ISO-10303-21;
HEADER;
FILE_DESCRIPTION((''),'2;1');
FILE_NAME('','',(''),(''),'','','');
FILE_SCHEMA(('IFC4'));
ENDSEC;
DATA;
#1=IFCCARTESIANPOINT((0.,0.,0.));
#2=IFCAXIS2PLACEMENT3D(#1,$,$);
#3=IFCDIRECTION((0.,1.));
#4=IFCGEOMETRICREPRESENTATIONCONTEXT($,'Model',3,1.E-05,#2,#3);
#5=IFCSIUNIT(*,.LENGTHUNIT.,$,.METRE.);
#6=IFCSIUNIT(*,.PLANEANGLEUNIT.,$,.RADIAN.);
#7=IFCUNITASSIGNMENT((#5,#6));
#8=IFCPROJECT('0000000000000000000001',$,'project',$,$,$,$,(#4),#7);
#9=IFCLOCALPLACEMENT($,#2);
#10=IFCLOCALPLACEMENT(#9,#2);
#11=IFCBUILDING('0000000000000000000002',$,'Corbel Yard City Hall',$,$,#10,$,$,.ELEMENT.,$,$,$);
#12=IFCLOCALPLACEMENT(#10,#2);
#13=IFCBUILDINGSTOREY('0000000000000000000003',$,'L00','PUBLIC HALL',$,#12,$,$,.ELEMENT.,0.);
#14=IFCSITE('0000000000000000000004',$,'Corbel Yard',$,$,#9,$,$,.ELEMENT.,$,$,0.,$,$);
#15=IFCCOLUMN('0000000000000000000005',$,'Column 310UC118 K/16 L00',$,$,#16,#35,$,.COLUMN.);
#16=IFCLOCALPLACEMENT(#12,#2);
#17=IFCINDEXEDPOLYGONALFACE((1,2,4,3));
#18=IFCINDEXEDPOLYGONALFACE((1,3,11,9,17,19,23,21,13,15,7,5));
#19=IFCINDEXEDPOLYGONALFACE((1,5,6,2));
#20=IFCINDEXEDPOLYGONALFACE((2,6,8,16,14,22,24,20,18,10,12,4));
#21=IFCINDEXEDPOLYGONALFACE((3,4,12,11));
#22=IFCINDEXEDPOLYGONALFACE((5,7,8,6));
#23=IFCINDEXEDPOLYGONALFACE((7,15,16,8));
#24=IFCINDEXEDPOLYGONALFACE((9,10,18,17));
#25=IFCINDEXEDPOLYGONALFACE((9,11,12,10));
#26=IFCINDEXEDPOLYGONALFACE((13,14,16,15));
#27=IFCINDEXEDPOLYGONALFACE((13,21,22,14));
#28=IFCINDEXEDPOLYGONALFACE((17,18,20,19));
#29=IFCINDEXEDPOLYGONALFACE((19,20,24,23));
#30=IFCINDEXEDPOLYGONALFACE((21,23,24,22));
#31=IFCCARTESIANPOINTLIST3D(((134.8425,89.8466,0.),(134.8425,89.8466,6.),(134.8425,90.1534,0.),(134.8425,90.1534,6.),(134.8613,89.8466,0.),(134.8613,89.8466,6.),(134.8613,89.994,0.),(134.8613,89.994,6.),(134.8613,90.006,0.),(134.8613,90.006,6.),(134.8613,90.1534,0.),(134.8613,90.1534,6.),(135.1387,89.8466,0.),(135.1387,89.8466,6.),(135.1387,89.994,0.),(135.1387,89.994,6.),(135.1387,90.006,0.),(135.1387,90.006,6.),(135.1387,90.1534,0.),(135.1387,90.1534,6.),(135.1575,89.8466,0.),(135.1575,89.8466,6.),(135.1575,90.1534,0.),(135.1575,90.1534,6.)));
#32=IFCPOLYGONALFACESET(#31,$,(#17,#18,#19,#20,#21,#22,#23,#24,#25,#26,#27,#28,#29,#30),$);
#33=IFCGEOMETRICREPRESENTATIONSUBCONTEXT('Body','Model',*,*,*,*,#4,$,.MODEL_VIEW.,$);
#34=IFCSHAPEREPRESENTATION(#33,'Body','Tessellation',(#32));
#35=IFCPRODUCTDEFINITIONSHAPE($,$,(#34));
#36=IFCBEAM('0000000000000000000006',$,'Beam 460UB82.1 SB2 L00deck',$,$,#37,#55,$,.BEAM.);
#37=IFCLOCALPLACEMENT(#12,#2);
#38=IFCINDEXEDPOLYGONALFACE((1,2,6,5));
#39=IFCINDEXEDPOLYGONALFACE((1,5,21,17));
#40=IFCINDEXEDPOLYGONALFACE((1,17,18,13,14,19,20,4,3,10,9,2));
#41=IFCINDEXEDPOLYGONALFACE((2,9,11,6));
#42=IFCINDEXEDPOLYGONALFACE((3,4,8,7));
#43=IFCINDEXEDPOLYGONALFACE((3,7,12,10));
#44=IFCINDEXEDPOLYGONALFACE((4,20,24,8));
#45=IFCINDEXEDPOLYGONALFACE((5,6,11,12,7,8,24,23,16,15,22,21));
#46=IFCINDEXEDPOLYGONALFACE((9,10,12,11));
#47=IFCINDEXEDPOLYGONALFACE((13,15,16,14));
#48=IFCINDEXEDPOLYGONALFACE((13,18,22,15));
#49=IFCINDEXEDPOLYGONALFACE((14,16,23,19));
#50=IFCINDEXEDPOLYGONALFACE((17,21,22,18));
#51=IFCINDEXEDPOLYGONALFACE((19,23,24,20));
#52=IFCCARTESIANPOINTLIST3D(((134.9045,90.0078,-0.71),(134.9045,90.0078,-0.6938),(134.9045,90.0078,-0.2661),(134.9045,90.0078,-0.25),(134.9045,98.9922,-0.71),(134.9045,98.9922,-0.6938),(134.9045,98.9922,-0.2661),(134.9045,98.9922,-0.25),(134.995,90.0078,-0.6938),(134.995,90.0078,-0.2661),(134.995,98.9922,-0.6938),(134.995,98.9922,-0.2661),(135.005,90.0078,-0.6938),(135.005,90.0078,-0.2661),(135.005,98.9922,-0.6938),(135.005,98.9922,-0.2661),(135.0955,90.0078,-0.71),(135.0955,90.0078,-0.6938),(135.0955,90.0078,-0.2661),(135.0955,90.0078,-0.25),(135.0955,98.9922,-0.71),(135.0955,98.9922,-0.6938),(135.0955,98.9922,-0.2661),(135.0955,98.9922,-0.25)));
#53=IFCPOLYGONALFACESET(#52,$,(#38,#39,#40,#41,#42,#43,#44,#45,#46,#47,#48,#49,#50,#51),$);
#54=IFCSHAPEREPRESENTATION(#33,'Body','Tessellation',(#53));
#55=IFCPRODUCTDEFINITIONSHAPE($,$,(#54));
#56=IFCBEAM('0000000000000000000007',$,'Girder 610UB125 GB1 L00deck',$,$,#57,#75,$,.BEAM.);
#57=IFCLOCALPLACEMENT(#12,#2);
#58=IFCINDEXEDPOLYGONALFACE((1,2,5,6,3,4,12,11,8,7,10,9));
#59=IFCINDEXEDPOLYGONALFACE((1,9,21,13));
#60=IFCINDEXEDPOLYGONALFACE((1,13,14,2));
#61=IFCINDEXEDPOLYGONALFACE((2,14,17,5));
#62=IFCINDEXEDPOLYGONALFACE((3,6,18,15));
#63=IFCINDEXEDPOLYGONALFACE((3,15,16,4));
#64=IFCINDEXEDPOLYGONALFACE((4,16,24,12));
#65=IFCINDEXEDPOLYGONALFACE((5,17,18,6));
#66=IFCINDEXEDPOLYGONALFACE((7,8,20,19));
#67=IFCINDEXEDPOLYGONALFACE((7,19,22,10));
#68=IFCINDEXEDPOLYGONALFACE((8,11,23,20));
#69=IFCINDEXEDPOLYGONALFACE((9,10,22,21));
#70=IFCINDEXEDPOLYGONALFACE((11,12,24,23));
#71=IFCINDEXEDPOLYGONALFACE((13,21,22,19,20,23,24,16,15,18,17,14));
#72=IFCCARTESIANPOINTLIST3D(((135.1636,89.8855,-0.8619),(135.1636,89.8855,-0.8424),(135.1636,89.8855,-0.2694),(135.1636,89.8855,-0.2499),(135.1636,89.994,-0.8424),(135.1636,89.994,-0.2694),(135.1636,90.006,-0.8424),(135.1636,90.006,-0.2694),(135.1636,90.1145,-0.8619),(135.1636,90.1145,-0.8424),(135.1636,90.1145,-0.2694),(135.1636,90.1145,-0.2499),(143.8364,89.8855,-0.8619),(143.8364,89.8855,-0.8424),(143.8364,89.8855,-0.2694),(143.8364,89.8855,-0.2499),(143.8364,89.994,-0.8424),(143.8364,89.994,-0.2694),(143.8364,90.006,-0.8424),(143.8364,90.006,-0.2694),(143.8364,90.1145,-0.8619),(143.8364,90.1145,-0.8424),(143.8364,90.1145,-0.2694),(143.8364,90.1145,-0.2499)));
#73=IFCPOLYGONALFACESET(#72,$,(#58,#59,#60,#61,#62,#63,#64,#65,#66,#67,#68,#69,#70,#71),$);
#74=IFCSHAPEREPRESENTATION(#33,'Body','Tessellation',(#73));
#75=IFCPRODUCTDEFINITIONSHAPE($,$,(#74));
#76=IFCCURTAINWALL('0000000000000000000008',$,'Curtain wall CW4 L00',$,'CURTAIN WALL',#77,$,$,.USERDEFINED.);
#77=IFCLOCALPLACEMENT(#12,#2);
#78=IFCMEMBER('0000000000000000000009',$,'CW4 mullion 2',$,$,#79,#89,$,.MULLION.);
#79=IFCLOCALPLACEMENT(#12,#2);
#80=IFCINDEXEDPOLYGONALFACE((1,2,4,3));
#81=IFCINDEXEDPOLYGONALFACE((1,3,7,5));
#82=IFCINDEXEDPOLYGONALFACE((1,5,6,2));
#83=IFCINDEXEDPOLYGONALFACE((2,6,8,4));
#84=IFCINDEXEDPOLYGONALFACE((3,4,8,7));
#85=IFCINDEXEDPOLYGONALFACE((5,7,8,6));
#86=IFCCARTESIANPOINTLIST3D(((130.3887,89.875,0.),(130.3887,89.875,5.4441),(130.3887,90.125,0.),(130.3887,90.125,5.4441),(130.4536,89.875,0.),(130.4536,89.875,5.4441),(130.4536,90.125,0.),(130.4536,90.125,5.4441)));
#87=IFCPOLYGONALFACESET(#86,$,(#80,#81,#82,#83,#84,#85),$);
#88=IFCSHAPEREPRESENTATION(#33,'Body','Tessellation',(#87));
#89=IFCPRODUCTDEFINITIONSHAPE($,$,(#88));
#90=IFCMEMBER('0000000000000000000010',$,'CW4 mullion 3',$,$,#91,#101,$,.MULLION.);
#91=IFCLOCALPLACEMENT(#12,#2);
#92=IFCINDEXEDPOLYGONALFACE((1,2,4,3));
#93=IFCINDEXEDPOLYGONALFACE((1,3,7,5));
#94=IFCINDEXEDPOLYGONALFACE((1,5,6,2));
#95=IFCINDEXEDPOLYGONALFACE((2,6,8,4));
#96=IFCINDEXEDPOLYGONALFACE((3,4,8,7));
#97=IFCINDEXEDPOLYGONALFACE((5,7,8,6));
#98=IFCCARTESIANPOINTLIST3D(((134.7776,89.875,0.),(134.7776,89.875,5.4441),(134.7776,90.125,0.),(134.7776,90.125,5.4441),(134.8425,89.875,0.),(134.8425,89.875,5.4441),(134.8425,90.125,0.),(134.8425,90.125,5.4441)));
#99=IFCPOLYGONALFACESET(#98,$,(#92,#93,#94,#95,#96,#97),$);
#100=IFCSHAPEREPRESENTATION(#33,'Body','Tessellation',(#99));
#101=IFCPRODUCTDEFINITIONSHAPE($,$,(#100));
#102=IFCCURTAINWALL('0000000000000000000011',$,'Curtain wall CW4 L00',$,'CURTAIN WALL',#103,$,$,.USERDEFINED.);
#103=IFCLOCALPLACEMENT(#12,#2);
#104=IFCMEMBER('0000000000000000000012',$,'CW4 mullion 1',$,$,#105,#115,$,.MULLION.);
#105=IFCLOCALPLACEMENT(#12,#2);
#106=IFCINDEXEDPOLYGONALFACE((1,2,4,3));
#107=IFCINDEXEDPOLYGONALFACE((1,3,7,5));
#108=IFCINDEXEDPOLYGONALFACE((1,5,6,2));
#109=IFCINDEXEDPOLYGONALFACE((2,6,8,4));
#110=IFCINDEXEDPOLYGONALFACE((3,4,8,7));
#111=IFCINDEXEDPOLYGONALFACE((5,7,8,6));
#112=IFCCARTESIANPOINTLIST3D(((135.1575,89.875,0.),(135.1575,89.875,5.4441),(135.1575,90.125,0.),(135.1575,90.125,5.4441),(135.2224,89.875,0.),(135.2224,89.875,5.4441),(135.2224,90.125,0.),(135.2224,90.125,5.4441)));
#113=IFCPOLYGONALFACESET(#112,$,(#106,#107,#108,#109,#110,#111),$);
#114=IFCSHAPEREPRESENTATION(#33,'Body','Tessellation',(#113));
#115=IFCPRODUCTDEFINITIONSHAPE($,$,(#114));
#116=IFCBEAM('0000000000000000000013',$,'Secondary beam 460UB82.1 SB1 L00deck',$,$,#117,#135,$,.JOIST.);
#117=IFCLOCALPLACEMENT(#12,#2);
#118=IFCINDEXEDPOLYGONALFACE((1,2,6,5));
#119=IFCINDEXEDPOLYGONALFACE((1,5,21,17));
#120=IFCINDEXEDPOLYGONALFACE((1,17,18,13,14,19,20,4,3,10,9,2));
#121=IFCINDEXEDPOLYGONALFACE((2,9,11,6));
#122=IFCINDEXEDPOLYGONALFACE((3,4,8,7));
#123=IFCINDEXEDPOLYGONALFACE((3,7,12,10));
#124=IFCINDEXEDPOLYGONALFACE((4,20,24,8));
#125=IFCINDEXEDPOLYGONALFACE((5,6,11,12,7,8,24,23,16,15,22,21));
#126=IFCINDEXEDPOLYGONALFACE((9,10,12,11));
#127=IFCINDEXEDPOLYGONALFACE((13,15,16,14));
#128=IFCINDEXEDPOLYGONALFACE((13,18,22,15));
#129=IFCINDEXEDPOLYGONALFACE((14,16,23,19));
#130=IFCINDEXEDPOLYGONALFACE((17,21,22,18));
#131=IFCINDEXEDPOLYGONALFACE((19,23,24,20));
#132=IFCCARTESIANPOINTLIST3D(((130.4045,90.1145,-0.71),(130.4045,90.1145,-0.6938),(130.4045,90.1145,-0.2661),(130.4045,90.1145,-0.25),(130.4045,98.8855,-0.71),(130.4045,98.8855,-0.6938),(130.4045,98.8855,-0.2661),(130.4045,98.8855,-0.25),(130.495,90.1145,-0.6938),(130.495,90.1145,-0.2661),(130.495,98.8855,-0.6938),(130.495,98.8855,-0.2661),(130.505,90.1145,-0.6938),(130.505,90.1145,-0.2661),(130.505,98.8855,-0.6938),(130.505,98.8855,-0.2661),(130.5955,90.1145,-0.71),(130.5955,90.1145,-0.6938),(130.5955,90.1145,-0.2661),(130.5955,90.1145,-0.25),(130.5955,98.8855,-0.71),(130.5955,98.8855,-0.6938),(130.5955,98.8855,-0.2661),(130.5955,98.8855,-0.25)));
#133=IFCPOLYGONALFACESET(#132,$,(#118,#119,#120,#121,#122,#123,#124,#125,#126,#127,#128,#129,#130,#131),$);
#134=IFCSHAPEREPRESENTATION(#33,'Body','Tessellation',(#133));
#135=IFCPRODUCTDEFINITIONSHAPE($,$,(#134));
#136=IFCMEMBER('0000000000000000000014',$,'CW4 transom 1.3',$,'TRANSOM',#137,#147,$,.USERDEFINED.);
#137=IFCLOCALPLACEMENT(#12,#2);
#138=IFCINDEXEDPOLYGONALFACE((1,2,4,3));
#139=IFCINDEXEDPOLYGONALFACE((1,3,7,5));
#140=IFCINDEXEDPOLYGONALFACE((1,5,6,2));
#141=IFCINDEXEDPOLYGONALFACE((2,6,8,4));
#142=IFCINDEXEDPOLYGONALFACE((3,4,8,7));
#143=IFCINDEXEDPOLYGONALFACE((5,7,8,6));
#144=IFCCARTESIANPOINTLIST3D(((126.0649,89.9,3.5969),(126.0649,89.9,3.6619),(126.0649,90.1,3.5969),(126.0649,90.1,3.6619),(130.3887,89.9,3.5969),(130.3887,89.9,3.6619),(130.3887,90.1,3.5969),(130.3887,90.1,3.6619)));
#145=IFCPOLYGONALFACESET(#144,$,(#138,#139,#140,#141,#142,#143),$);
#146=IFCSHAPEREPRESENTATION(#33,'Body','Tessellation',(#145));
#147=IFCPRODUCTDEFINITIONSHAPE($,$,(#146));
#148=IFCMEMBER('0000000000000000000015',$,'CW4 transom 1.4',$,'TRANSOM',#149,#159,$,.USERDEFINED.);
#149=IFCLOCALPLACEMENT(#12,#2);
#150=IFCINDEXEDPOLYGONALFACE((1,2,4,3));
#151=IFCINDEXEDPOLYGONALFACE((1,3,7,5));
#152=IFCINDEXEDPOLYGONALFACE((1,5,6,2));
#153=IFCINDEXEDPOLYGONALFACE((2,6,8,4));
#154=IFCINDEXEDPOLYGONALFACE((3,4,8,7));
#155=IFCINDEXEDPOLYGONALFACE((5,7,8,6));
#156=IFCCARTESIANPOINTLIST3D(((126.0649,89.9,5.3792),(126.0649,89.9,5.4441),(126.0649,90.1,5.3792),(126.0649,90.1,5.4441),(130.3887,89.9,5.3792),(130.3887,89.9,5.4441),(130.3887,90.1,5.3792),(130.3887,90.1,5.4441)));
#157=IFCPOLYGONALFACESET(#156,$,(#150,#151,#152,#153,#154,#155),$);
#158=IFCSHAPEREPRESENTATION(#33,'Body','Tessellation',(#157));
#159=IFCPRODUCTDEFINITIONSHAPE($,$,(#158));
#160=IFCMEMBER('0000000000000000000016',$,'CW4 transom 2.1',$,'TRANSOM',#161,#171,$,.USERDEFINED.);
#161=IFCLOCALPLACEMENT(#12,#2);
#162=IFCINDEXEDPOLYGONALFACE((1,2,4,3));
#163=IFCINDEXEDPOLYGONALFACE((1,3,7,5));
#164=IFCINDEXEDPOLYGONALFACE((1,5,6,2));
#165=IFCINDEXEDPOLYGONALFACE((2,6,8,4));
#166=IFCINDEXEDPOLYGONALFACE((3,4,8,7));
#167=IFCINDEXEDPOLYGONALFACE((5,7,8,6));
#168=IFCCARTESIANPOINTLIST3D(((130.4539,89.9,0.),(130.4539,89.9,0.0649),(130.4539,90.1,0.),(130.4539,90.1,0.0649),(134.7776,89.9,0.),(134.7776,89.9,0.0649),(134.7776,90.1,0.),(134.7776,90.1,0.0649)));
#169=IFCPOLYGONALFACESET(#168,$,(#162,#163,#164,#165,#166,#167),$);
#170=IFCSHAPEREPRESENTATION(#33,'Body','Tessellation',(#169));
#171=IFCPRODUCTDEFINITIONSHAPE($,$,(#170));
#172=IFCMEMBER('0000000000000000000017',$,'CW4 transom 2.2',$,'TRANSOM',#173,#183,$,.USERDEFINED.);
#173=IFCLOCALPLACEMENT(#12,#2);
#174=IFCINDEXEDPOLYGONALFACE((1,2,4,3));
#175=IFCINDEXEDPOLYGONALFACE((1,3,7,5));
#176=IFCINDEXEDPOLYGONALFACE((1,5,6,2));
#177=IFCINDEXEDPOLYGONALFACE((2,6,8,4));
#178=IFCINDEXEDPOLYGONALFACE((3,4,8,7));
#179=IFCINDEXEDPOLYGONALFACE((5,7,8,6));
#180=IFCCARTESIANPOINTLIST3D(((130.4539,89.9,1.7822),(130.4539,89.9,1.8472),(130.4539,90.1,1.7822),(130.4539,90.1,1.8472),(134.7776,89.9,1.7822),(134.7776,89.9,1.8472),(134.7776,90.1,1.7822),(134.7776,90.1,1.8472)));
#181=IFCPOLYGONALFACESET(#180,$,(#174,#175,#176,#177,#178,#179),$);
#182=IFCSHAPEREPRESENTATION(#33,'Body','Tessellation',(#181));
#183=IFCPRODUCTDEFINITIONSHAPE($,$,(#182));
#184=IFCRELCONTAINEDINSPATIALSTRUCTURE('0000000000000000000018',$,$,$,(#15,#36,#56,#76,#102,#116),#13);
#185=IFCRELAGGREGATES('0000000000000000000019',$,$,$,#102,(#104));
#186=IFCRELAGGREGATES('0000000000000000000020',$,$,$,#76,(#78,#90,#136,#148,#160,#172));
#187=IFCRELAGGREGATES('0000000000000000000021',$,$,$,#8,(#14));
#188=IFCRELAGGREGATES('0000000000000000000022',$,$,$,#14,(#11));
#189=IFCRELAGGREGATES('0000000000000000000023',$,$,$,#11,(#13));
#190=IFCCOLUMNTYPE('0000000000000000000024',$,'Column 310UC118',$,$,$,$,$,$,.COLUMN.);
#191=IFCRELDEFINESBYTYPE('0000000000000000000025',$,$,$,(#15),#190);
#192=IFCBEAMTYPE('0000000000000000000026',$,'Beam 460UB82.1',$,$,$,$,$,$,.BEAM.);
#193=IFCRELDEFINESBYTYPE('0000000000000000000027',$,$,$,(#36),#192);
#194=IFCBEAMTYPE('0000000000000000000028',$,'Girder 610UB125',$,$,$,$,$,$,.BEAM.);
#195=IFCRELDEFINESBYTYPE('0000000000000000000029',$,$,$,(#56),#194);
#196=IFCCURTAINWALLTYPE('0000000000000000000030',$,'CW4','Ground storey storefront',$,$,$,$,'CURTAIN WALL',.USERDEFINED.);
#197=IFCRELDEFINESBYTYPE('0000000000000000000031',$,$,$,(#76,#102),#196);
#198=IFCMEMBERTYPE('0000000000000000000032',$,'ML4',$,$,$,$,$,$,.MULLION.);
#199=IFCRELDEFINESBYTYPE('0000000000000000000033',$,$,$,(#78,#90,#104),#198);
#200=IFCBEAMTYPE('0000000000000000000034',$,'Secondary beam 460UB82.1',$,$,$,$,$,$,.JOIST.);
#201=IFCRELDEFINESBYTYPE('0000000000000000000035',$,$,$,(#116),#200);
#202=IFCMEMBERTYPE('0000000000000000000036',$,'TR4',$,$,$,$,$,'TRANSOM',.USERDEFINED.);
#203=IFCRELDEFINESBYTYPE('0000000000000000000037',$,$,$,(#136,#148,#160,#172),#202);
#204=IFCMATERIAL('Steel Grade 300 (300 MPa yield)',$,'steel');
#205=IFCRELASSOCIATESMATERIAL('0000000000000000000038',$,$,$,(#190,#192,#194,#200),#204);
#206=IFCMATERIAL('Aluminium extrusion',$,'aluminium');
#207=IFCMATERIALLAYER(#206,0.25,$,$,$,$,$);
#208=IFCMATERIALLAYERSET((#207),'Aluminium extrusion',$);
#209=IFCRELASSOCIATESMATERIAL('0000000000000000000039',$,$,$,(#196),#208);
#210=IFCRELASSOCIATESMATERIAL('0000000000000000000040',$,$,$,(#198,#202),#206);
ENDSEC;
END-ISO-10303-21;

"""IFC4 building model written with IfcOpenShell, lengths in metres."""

from ifc_helpers import new_model, si_unit, direction, frame, origin, origin_2d, place, context, subcontext, project, spatial, rectangle, i_section, extrude, material, layer, layer_set, material_profile, profile_set, type_object, element, aggregate, save


model = new_model("IFC4")

# Units and contexts
model_context = context("Model", 3, precision=1e-05, world=origin(), true_north=direction((0.0, 1.0)))
body_context = subcontext(model_context, "Body", "Model", "MODEL_VIEW")
ifc_project = project(units=[si_unit("LENGTHUNIT", "METRE"), si_unit("PLANEANGLEUNIT", "RADIAN")], contexts=[model_context])

# Site, building, storey
site_placement = place(None, origin())
site = spatial("IfcSite", under=ifc_project, at=site_placement, Name="Corbel Yard", CompositionType="ELEMENT", RefElevation=0.0)
building_placement = place(site_placement, origin())
building = spatial("IfcBuilding", under=site, at=building_placement, Name="Corbel Yard City Hall", CompositionType="ELEMENT")
storey_placement = place(building_placement, origin())
storey = spatial("IfcBuildingStorey", under=building, at=storey_placement, Name="L00", Description="PUBLIC HALL", CompositionType="ELEMENT", Elevation=0.0)

# Column
ifc_material_1 = material(Name="Steel Grade 300 (300 MPa yield)", Category="steel")
ifc_material_profile_1 = material_profile(ifc_material_1, i_section(OverallWidth=0.3069, OverallDepth=0.3149, WebThickness=0.012, FlangeThickness=0.0188, at=origin_2d()), Name="310UC118")
ifc_profile_set_1 = profile_set([ifc_material_profile_1], Name="Steel Grade 300 (300 MPa yield)")
column_type = type_object("IfcColumnType", Name="Column 310UC118", PredefinedType="COLUMN", material=ifc_profile_set_1)
column_placement = place(storey_placement, frame((135.0, 90.0, 0.0), z_axis=(0.0, 0.0, 1.0), x_axis=(0.0, 1.0, 0.0)))
element("IfcColumn", 1, at=column_placement, inside=storey, type_object=column_type, Name="Column 310UC118 K/16 L00", PredefinedType="COLUMN", context=body_context, shape_type="SweptSolid", body=[
    extrude(i_section(OverallWidth=0.3069, OverallDepth=0.3149, WebThickness=0.012, FlangeThickness=0.0188, at=origin_2d()), origin(), (0.0, 0.0, 1.0), 6.0),
])

# Beams
ifc_material_profile_2 = material_profile(ifc_material_1, i_section(OverallWidth=0.1909, OverallDepth=0.46, WebThickness=0.01, FlangeThickness=0.0161, at=origin_2d()), Name="460UB82.1")
ifc_profile_set_2 = profile_set([ifc_material_profile_2], Name="Steel Grade 300 (300 MPa yield)")
beam_type_1 = type_object("IfcBeamType", Name="Beam 460UB82.1", PredefinedType="BEAM", material=ifc_profile_set_2)
beam_1_placement = place(storey_placement, frame((135.0, 90.0078, -0.48), z_axis=(0.0, 1.0, 0.0), x_axis=(-1.0, 0.0, 0.0)))
element("IfcBeam", 2, at=beam_1_placement, inside=storey, type_object=beam_type_1, Name="Beam 460UB82.1 SB2 L00deck", PredefinedType="BEAM", context=body_context, shape_type="SweptSolid", body=[
    extrude(i_section(OverallWidth=0.1909, OverallDepth=0.46, WebThickness=0.01, FlangeThickness=0.0161, at=origin_2d()), origin(), (0.0, 0.0, 1.0), 8.9844),
])
ifc_material_profile_3 = material_profile(ifc_material_1, i_section(OverallWidth=0.229, OverallDepth=0.6121, WebThickness=0.012, FlangeThickness=0.0195, at=origin_2d()), Name="610UB125")
ifc_profile_set_3 = profile_set([ifc_material_profile_3], Name="Steel Grade 300 (300 MPa yield)")
beam_type_2 = type_object("IfcBeamType", Name="Girder 610UB125", PredefinedType="BEAM", material=ifc_profile_set_3)
beam_2_placement = place(storey_placement, frame((135.1636, 90.0, -0.5559), z_axis=(1.0, 0.0, 0.0), x_axis=(0.0, 1.0, 0.0)))
element("IfcBeam", 3, at=beam_2_placement, inside=storey, type_object=beam_type_2, Name="Girder 610UB125 GB1 L00deck", PredefinedType="BEAM", context=body_context, shape_type="SweptSolid", body=[
    extrude(i_section(OverallWidth=0.229, OverallDepth=0.6121, WebThickness=0.012, FlangeThickness=0.0195, at=origin_2d()), origin(), (0.0, 0.0, 1.0), 8.6729),
])

# Curtain wall, members
ifc_material_2 = material(Name="Aluminium extrusion", Category="aluminium")
ifc_layer_1 = layer(ifc_material_2, 0.25)
ifc_layer_set_1 = layer_set([ifc_layer_1], Name="Aluminium extrusion")
curtain_wall_type = type_object("IfcCurtainWallType", Name="CW4", Description="Ground storey storefront", ElementType="CURTAIN WALL", PredefinedType="USERDEFINED", material=ifc_layer_set_1)
curtain_wall_1_placement = place(storey_placement, origin())
curtain_wall_1 = element("IfcCurtainWall", 4, at=curtain_wall_1_placement, inside=storey, type_object=curtain_wall_type, Name="Curtain wall CW4 L00", ObjectType="CURTAIN WALL", PredefinedType="USERDEFINED")
ifc_material_profile_4 = material_profile(ifc_material_2, rectangle(XDim=0.25, YDim=0.0649, at=origin_2d()), Name="250x65")
ifc_profile_set_4 = profile_set([ifc_material_profile_4], Name="Aluminium extrusion")
member_type_1 = type_object("IfcMemberType", Name="ML4", PredefinedType="MULLION", material=ifc_profile_set_4)
member_1_placement = place(storey_placement, frame((130.4211, 90.0, 0.0), z_axis=(0.0, 0.0, 1.0), x_axis=(0.0, 1.0, 0.0)))
member_1 = element("IfcMember", 5, at=member_1_placement, type_object=member_type_1, Name="CW4 mullion 2", PredefinedType="MULLION", context=body_context, shape_type="SweptSolid", body=[
    extrude(rectangle(XDim=0.25, YDim=0.0649, at=origin_2d()), origin(), (0.0, 0.0, 1.0), 5.4441),
])
member_2_placement = place(storey_placement, frame((134.8101, 90.0, 0.0), z_axis=(0.0, 0.0, 1.0), x_axis=(0.0, 1.0, 0.0)))
member_2 = element("IfcMember", 6, at=member_2_placement, type_object=member_type_1, Name="CW4 mullion 3", PredefinedType="MULLION", context=body_context, shape_type="SweptSolid", body=[
    extrude(rectangle(XDim=0.25, YDim=0.0649, at=origin_2d()), origin(), (0.0, 0.0, 1.0), 5.4441),
])

# Curtain wall, member
curtain_wall_2_placement = place(storey_placement, origin())
curtain_wall_2 = element("IfcCurtainWall", 7, at=curtain_wall_2_placement, inside=storey, type_object=curtain_wall_type, Name="Curtain wall CW4 L00", ObjectType="CURTAIN WALL", PredefinedType="USERDEFINED")
member_3_placement = place(storey_placement, frame((135.1899, 90.0, 0.0), z_axis=(0.0, 0.0, 1.0), x_axis=(0.0, 1.0, 0.0)))
member_3 = element("IfcMember", 8, at=member_3_placement, type_object=member_type_1, Name="CW4 mullion 1", PredefinedType="MULLION", context=body_context, shape_type="SweptSolid", body=[
    extrude(rectangle(XDim=0.25, YDim=0.0649, at=origin_2d()), origin(), (0.0, 0.0, 1.0), 5.4441),
])

# Beam
ifc_material_profile_5 = material_profile(ifc_material_1, i_section(OverallWidth=0.1909, OverallDepth=0.46, WebThickness=0.01, FlangeThickness=0.0161, at=origin_2d()), Name="460UB82.1")
ifc_profile_set_5 = profile_set([ifc_material_profile_5], Name="Steel Grade 300 (300 MPa yield)")
beam_type_3 = type_object("IfcBeamType", Name="Secondary beam 460UB82.1", PredefinedType="JOIST", material=ifc_profile_set_5)
beam_3_placement = place(storey_placement, frame((130.5, 90.1145, -0.48), z_axis=(0.0, 1.0, 0.0), x_axis=(-1.0, 0.0, 0.0)))
element("IfcBeam", 9, at=beam_3_placement, inside=storey, type_object=beam_type_3, Name="Secondary beam 460UB82.1 SB1 L00deck", PredefinedType="JOIST", context=body_context, shape_type="SweptSolid", body=[
    extrude(i_section(OverallWidth=0.1909, OverallDepth=0.46, WebThickness=0.01, FlangeThickness=0.0161, at=origin_2d()), origin(), (0.0, 0.0, 1.0), 8.771),
])

# Members
ifc_material_profile_6 = material_profile(ifc_material_2, rectangle(XDim=0.2, YDim=0.0649, at=origin_2d()), Name="200x65")
ifc_profile_set_6 = profile_set([ifc_material_profile_6], Name="Aluminium extrusion")
member_type_2 = type_object("IfcMemberType", Name="TR4", ElementType="TRANSOM", PredefinedType="USERDEFINED", material=ifc_profile_set_6)
member_4_placement = place(storey_placement, frame((126.0649, 90.0, 3.6294), z_axis=(1.0, 0.0, 0.0), x_axis=(0.0, 1.0, 0.0)))
member_4 = element("IfcMember", 10, at=member_4_placement, type_object=member_type_2, Name="CW4 transom 1.3", ObjectType="TRANSOM", PredefinedType="USERDEFINED", context=body_context, shape_type="SweptSolid", body=[
    extrude(rectangle(XDim=0.2, YDim=0.0649, at=origin_2d()), origin(), (0.0, 0.0, 1.0), 4.3237),
])
member_5_placement = place(storey_placement, frame((126.0649, 90.0, 5.4116), z_axis=(1.0, 0.0, 0.0), x_axis=(0.0, 1.0, 0.0)))
member_5 = element("IfcMember", 11, at=member_5_placement, type_object=member_type_2, Name="CW4 transom 1.4", ObjectType="TRANSOM", PredefinedType="USERDEFINED", context=body_context, shape_type="SweptSolid", body=[
    extrude(rectangle(XDim=0.2, YDim=0.0649, at=origin_2d()), origin(), (0.0, 0.0, 1.0), 4.3237),
])
member_6_placement = place(storey_placement, frame((130.4539, 90.0, 0.0325), z_axis=(1.0, 0.0, 0.0), x_axis=(0.0, 1.0, 0.0)))
member_6 = element("IfcMember", 12, at=member_6_placement, type_object=member_type_2, Name="CW4 transom 2.1", ObjectType="TRANSOM", PredefinedType="USERDEFINED", context=body_context, shape_type="SweptSolid", body=[
    extrude(rectangle(XDim=0.2, YDim=0.0649, at=origin_2d()), origin(), (0.0, 0.0, 1.0), 4.3237),
])
member_7_placement = place(storey_placement, frame((130.4539, 90.0, 1.8147), z_axis=(1.0, 0.0, 0.0), x_axis=(0.0, 1.0, 0.0)))
member_7 = element("IfcMember", 13, at=member_7_placement, type_object=member_type_2, Name="CW4 transom 2.2", ObjectType="TRANSOM", PredefinedType="USERDEFINED", context=body_context, shape_type="SweptSolid", body=[
    extrude(rectangle(XDim=0.2, YDim=0.0649, at=origin_2d()), origin(), (0.0, 0.0, 1.0), 4.3237),
])
aggregate(curtain_wall_2, [member_3])

aggregate(curtain_wall_1, [member_1, member_2, member_4, member_5, member_6, member_7])

save(model, "model.ifc")
